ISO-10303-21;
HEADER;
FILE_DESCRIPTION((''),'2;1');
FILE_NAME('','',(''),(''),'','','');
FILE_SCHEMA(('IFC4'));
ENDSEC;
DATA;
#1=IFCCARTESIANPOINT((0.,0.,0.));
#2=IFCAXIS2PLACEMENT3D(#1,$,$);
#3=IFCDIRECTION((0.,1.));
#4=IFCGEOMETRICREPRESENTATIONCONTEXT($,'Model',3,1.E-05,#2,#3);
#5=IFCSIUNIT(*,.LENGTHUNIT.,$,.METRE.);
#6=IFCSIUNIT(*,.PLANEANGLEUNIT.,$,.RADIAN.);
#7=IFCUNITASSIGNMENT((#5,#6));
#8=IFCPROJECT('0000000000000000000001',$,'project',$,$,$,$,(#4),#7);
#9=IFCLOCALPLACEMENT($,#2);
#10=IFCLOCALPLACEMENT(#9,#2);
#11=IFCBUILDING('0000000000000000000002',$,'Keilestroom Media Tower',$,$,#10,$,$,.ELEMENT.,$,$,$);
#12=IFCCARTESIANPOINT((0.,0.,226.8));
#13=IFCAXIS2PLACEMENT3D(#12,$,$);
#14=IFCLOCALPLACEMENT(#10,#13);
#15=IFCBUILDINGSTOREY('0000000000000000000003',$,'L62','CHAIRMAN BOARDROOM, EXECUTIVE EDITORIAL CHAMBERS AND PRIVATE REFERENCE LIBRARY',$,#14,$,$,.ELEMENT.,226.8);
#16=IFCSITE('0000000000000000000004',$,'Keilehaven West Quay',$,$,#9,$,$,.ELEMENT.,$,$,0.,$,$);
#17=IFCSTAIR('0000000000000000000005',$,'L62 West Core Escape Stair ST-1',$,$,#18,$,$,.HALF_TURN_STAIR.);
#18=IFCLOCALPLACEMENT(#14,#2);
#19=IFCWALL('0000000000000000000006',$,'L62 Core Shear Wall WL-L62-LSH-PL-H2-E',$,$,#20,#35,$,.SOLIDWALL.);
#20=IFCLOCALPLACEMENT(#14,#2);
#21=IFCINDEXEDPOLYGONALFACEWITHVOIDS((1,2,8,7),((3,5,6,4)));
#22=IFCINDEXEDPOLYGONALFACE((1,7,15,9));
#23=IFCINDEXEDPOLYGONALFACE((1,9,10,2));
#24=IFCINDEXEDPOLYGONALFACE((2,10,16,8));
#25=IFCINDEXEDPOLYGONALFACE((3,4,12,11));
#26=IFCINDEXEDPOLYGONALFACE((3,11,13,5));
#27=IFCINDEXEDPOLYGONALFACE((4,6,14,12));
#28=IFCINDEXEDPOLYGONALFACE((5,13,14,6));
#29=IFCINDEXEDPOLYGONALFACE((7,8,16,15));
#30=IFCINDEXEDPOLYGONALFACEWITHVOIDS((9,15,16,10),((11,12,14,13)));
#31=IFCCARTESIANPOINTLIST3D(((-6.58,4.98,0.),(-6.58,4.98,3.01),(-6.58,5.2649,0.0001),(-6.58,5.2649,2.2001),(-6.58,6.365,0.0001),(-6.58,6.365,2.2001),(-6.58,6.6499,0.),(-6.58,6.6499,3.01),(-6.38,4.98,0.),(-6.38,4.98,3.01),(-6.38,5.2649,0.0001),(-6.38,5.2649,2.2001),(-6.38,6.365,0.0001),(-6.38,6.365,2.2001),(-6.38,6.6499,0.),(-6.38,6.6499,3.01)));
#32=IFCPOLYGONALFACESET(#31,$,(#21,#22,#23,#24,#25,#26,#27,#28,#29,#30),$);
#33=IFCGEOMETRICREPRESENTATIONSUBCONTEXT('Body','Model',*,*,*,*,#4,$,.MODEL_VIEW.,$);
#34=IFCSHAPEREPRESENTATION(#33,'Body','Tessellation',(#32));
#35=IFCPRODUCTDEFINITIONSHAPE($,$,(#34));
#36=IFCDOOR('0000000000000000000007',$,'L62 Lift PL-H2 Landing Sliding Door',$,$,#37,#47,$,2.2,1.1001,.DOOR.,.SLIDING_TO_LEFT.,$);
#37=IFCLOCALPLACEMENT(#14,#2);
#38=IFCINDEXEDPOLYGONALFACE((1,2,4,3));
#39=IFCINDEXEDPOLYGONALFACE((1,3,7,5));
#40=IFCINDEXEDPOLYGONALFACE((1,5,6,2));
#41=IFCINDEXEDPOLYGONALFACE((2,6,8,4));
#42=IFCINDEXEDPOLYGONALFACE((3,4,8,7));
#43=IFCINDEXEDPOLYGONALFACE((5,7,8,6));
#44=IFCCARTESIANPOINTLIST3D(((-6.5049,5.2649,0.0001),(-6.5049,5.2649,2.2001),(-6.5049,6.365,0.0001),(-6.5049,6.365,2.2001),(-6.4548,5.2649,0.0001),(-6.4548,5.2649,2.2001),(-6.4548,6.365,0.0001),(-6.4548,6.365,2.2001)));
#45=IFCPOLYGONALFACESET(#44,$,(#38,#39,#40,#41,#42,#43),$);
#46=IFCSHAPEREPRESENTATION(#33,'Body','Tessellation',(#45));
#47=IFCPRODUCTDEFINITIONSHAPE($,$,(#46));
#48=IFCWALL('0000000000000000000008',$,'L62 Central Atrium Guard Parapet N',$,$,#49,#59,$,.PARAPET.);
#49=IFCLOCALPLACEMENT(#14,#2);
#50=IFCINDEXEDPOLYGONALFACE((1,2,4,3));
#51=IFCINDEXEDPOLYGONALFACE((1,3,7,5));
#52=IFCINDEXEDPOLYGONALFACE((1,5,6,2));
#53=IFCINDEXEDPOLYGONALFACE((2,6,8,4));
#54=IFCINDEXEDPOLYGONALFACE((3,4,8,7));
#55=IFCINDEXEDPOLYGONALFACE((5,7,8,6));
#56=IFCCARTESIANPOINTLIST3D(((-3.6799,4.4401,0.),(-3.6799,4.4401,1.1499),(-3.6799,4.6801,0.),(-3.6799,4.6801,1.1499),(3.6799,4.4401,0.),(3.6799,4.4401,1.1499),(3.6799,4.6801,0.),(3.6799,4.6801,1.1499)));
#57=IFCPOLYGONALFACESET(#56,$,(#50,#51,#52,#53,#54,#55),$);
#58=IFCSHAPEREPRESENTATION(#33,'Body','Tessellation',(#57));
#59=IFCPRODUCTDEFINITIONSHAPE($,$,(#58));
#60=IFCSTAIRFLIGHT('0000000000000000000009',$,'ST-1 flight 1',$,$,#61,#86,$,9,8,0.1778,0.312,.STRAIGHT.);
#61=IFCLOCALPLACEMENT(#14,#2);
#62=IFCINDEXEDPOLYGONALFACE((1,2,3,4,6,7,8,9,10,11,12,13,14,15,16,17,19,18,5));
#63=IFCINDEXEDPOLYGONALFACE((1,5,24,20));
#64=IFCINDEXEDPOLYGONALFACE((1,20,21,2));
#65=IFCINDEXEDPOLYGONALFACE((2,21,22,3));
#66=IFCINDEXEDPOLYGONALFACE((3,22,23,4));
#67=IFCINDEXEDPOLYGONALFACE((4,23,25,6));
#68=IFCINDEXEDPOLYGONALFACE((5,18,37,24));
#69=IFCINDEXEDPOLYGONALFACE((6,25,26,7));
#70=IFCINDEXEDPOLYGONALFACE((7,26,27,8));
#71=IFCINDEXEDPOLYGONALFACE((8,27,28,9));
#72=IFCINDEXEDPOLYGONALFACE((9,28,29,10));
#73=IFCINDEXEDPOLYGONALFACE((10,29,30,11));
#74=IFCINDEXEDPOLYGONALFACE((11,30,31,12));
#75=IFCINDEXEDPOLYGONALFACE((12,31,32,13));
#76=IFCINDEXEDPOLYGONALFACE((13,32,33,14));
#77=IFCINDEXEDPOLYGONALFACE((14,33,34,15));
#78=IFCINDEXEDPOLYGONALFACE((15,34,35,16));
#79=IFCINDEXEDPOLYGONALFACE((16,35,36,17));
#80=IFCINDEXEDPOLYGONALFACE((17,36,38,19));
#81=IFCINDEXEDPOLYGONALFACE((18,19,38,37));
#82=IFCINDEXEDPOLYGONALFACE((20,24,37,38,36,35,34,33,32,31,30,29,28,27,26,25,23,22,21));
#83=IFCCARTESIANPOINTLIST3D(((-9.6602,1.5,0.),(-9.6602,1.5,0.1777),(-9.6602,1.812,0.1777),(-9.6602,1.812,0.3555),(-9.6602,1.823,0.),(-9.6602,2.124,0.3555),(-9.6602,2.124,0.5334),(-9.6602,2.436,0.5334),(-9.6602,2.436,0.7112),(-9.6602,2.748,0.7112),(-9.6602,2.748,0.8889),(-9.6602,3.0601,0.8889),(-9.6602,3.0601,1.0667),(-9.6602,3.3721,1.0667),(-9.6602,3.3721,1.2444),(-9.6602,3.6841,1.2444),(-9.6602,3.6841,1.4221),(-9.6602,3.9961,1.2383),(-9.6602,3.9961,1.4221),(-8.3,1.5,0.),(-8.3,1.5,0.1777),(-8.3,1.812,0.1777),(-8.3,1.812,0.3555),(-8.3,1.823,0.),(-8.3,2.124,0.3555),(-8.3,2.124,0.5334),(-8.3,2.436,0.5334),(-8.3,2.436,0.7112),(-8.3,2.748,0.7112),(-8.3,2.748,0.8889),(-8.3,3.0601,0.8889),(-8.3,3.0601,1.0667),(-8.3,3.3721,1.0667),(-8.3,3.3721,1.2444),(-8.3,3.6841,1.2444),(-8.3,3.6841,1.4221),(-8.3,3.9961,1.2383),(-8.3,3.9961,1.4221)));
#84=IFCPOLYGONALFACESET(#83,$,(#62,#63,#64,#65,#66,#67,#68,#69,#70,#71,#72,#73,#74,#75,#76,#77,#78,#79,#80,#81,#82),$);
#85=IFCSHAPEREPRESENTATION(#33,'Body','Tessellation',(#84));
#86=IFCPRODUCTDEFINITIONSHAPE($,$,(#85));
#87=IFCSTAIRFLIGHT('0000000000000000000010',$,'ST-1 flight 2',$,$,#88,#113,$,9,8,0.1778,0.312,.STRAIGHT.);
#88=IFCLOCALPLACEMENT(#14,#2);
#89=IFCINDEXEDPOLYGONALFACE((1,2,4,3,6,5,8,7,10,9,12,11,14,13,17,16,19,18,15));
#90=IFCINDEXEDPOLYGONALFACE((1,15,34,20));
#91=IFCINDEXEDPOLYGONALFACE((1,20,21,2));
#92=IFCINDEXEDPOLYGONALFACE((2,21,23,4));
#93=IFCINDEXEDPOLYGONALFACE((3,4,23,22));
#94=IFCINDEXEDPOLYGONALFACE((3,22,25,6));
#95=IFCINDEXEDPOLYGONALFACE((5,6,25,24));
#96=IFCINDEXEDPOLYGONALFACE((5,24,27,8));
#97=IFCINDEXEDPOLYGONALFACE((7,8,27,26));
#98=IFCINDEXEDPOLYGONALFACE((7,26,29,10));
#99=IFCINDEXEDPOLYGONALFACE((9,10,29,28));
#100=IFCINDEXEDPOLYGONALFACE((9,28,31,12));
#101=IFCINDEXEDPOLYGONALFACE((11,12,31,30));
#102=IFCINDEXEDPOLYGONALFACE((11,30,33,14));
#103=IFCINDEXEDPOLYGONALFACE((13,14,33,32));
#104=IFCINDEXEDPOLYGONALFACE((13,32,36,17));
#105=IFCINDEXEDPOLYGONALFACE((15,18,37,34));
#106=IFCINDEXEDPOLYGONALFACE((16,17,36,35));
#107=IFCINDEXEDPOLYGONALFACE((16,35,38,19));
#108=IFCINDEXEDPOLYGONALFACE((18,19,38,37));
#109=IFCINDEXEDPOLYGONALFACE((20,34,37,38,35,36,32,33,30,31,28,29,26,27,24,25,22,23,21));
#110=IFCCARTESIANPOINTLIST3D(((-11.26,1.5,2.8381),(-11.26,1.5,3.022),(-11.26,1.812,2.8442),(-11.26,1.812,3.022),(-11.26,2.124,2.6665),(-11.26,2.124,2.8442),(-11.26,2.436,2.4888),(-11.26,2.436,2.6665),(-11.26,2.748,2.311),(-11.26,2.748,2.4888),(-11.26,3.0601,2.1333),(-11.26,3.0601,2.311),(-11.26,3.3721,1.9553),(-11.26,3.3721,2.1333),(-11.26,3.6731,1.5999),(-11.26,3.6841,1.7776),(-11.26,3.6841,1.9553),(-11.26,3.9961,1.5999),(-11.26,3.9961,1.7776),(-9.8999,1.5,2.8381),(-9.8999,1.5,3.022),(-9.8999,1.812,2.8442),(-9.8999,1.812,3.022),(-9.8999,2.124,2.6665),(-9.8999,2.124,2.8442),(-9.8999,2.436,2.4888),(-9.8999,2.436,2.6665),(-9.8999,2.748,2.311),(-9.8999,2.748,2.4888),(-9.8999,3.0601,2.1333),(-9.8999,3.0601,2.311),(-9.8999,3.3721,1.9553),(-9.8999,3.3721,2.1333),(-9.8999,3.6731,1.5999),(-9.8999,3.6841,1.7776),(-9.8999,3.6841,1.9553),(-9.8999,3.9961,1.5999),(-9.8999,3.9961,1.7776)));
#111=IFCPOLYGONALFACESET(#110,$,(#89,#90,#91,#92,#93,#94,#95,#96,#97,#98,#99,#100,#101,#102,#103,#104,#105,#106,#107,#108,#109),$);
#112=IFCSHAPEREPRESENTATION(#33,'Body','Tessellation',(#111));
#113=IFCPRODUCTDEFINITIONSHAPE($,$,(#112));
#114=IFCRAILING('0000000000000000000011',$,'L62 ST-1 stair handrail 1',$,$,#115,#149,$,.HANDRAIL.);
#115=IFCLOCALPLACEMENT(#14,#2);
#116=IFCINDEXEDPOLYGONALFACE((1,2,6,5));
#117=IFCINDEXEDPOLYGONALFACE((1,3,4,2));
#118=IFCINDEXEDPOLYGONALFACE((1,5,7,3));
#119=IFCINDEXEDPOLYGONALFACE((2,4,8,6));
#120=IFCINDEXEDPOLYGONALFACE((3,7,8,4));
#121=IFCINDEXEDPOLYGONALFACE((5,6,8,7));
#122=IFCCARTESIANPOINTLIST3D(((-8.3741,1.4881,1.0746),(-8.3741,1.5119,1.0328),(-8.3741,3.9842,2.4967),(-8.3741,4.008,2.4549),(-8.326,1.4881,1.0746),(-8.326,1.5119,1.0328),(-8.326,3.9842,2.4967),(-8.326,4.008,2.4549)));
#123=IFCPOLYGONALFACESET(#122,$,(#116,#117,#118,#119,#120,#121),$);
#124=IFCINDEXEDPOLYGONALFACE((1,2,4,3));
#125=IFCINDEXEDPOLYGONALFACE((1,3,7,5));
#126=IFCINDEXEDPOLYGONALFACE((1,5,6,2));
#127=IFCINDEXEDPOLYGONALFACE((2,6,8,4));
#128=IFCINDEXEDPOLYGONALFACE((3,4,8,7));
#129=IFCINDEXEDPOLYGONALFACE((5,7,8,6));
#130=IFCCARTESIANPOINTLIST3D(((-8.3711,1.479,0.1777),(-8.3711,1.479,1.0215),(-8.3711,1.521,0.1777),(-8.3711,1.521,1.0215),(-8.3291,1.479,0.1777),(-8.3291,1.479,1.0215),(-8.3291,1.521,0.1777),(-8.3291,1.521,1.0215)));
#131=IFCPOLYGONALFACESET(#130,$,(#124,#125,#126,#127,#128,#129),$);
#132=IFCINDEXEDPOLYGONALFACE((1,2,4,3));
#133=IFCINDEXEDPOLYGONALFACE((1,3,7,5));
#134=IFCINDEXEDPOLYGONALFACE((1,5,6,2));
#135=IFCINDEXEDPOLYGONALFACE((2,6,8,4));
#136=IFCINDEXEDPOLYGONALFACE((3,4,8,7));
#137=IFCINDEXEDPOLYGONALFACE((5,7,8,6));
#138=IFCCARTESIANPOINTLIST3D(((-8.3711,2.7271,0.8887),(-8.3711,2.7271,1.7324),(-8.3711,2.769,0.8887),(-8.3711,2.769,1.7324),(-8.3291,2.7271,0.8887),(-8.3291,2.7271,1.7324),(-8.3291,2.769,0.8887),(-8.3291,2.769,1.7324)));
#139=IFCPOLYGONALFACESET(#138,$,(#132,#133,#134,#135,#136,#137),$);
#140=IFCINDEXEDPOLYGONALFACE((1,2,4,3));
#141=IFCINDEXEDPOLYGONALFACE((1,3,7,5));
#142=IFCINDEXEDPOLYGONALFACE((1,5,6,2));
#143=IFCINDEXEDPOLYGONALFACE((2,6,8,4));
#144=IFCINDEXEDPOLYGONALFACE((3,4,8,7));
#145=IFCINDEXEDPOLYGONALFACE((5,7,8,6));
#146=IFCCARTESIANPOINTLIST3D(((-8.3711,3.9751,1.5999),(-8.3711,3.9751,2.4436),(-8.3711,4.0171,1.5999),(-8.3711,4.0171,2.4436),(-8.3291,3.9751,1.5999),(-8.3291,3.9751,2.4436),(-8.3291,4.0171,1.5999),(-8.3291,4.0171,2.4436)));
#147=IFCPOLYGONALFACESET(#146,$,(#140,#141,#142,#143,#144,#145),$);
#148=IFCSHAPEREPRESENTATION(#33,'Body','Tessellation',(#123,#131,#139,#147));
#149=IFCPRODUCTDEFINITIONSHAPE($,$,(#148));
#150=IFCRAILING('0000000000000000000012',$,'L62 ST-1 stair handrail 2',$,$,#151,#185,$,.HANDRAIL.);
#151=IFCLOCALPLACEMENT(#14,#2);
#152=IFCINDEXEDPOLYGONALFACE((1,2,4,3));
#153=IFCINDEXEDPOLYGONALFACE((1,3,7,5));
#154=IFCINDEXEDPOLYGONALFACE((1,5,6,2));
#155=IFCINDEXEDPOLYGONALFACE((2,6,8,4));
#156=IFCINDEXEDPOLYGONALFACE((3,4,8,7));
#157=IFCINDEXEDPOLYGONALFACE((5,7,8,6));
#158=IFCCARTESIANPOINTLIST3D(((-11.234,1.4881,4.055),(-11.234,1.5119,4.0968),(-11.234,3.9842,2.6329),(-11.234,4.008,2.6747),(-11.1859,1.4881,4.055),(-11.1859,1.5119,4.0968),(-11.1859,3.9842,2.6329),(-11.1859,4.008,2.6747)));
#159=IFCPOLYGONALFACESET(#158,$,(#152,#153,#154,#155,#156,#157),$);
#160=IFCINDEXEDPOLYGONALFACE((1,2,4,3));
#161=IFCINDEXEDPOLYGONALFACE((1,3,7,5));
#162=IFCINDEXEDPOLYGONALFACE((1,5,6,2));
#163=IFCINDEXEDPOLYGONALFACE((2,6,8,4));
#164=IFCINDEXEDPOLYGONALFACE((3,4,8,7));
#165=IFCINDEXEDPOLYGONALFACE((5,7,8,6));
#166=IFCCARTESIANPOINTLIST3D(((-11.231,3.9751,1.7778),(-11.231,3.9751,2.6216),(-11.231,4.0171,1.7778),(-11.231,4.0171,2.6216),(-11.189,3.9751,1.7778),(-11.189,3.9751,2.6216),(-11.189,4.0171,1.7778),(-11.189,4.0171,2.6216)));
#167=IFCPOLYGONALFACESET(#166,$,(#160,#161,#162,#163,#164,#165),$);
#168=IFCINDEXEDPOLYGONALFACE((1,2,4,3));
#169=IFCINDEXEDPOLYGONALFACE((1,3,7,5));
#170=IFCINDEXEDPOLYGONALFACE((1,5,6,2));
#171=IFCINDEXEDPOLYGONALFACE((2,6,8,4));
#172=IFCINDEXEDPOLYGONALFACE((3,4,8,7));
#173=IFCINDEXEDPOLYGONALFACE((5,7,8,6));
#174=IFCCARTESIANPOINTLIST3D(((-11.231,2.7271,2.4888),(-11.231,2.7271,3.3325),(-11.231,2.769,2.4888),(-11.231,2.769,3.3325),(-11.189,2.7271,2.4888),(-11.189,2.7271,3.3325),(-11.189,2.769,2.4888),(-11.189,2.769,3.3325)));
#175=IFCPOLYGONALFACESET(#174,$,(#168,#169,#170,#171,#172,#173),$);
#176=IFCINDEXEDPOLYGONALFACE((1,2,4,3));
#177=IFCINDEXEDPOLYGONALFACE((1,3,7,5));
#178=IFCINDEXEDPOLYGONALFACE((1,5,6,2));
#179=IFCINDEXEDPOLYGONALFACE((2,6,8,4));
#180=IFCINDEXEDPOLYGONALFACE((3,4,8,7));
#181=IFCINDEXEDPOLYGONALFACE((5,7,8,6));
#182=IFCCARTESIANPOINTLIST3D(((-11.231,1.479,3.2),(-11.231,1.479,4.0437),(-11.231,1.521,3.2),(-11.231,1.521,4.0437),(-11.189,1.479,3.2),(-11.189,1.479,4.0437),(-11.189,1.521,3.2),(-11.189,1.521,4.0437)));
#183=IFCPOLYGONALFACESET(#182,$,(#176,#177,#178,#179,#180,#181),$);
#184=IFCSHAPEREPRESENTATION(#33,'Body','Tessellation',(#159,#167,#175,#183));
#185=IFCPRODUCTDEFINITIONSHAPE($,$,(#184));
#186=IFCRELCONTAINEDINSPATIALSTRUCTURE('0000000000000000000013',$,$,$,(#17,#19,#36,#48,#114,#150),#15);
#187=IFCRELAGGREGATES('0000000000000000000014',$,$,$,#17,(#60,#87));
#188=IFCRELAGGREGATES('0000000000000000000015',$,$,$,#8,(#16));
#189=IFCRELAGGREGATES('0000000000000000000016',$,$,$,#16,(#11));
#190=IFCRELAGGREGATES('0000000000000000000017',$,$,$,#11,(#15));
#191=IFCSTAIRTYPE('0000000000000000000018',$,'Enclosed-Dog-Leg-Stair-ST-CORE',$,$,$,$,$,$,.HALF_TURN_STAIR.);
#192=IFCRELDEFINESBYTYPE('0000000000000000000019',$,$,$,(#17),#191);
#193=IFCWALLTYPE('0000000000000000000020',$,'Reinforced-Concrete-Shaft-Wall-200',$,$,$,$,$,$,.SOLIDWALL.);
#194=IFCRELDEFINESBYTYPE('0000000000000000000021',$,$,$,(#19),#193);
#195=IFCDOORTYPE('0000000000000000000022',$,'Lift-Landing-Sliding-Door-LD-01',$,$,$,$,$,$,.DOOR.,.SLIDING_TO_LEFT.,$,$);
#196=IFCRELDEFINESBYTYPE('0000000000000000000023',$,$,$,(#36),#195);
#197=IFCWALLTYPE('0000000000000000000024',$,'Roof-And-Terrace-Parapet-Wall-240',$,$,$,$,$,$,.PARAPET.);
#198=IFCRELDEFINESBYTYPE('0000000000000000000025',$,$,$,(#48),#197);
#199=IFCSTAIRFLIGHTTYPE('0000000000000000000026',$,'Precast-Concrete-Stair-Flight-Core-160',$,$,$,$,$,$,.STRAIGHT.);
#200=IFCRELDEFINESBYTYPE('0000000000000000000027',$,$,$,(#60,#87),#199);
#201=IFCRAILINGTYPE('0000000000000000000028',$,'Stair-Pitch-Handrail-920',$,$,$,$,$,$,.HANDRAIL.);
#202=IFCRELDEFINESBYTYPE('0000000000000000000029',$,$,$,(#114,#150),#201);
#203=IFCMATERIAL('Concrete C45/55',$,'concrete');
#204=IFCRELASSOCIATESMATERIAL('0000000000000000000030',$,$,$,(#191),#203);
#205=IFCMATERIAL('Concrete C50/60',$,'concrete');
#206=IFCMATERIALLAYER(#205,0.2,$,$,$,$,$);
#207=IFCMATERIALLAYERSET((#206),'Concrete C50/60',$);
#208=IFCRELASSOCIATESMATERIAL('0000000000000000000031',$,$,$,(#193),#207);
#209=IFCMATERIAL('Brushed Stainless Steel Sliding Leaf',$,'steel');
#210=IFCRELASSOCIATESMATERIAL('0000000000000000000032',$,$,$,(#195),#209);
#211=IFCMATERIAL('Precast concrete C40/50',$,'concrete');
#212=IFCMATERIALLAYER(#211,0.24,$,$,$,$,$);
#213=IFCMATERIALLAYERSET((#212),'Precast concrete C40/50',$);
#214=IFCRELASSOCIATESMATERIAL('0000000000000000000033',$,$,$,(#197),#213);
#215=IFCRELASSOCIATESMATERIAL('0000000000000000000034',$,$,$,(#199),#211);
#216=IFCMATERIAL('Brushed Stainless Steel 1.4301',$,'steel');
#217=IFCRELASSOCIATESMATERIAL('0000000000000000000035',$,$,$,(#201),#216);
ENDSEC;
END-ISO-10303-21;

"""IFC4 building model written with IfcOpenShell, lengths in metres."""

from ifc_helpers import new_model, si_unit, direction, frame, frame_2d, origin, origin_2d, place, context, subcontext, project, spatial, polyline, rectangle, outline, extrude, source, transform, mapped, material, layer, layer_set, type_object, element, fill, aggregate, save


model = new_model("IFC4")

# Units and contexts
model_context = context("Model", 3, precision=1e-05, world=origin(), true_north=direction((0.0, 1.0)))
body_context = subcontext(model_context, "Body", "Model", "MODEL_VIEW")
ifc_project = project(units=[si_unit("LENGTHUNIT", "METRE"), si_unit("PLANEANGLEUNIT", "RADIAN")], contexts=[model_context])

# Site, building, storey
site_placement = place(None, origin())
site = spatial("IfcSite", under=ifc_project, at=site_placement, Name="Keilehaven West Quay", CompositionType="ELEMENT", RefElevation=0.0)
building_placement = place(site_placement, origin())
building = spatial("IfcBuilding", under=site, at=building_placement, Name="Keilestroom Media Tower", CompositionType="ELEMENT")
storey_placement = place(building_placement, frame((0.0, 0.0, 226.8)))
storey = spatial("IfcBuildingStorey", under=building, at=storey_placement, Name="L62", Description="CHAIRMAN BOARDROOM, EXECUTIVE EDITORIAL CHAMBERS AND PRIVATE REFERENCE LIBRARY", CompositionType="ELEMENT", Elevation=226.8)

# Stair
ifc_material_1 = material(Name="Concrete C45/55", Category="concrete")
stair_type = type_object("IfcStairType", Name="Enclosed-Dog-Leg-Stair-ST-CORE", PredefinedType="HALF_TURN_STAIR", material=ifc_material_1)
stair_placement = place(storey_placement, origin())
stair = element("IfcStair", 1, at=stair_placement, inside=storey, type_object=stair_type, Name="L62 West Core Escape Stair ST-1", PredefinedType="HALF_TURN_STAIR")

# Shared definitions
ifc_material_2 = material(Name="Concrete C50/60", Category="concrete")
ifc_layer_1 = layer(ifc_material_2, 0.2)
ifc_layer_set_1 = layer_set([ifc_layer_1], Name="Concrete C50/60")
wall_type_1 = type_object("IfcWallType", Name="Reinforced-Concrete-Shaft-Wall-200", PredefinedType="SOLIDWALL", material=ifc_layer_set_1)

# Shared definitions
ifc_material_3 = material(Name="Brushed Stainless Steel Sliding Leaf", Category="steel")
door_type = type_object("IfcDoorType", Name="Lift-Landing-Sliding-Door-LD-01", OperationType="SLIDING_TO_LEFT", PredefinedType="DOOR", material=ifc_material_3)
shared_shape_1 = source(origin(), body_context, "Body", "SweptSolid", [
    extrude(rectangle(XDim=1.1001, YDim=2.2, at=frame_2d((0.55, 1.1001))), frame((0.0, 0.0249, 0.0), z_axis=(0.0, -1.0, 0.0), x_axis=(1.0, 0.0, 0.0)), (0.0, 0.0, 1.0), 0.05),
])

# Wall, opening, door
wall_1_placement = place(storey_placement, frame((-6.48, 4.98, 0.0), z_axis=(0.0, 0.0, 1.0), x_axis=(0.0, 1.0, 0.0)))
wall_1 = element("IfcWall", 2, at=wall_1_placement, inside=storey, type_object=wall_type_1, Name="L62 Core Shear Wall WL-L62-LSH-PL-H2-E", PredefinedType="SOLIDWALL", context=body_context, shape_type="SweptSolid", body=[
    extrude(rectangle(XDim=1.6699, YDim=0.2, at=frame_2d((0.835, 0.0))), origin(), (0.0, 0.0, 1.0), 3.01),
])
opening_1_placement = place(wall_1_placement, frame((0.2849, 0.0, 0.0)))
opening_1 = element("IfcOpeningElement", 3, at=opening_1_placement, cuts=wall_1, PredefinedType="OPENING", context=body_context, shape_type="SweptSolid", body=[
    extrude(rectangle(XDim=1.1001, YDim=2.2, at=frame_2d((0.55, 1.1001))), frame((0.0, 0.1099, 0.0), z_axis=(0.0, -1.0, 0.0), x_axis=(1.0, 0.0, 0.0)), (0.0, 0.0, 1.0), 0.22),
])
door_1_placement = place(opening_1_placement, origin())
door_1 = element("IfcDoor", 4, at=door_1_placement, inside=storey, type_object=door_type, Name="L62 Lift PL-H2 Landing Sliding Door", OperationType="SLIDING_TO_LEFT", OverallHeight=2.2, OverallWidth=1.1001, PredefinedType="DOOR", context=body_context, shape_type="MappedRepresentation", body=[
    mapped(shared_shape_1, transform((0.0, 0.0, 0.0), x_axis=(1.0, 0.0, 0.0), y_axis=(0.0, 1.0, 0.0), z_axis=(0.0, 0.0, 1.0), scale=1.0)),
])
fill(opening_1, door_1)

# Wall
ifc_material_4 = material(Name="Precast concrete C40/50", Category="concrete")
ifc_layer_2 = layer(ifc_material_4, 0.24)
ifc_layer_set_2 = layer_set([ifc_layer_2], Name="Precast concrete C40/50")
wall_type_2 = type_object("IfcWallType", Name="Roof-And-Terrace-Parapet-Wall-240", PredefinedType="PARAPET", material=ifc_layer_set_2)
wall_2_placement = place(storey_placement, frame((-3.6799, 4.5601, 0.0), z_axis=(0.0, 0.0, 1.0), x_axis=(1.0, 0.0, 0.0)))
element("IfcWall", 5, at=wall_2_placement, inside=storey, type_object=wall_type_2, Name="L62 Central Atrium Guard Parapet N", PredefinedType="PARAPET", context=body_context, shape_type="SweptSolid", body=[
    extrude(rectangle(XDim=7.3599, YDim=0.24, at=frame_2d((3.6799, 0.0))), origin(), (0.0, 0.0, 1.0), 1.1499),
])

# Stair flights
stair_flight_type = type_object("IfcStairFlightType", Name="Precast-Concrete-Stair-Flight-Core-160", PredefinedType="STRAIGHT", material=ifc_material_4)
stair_flight_1_placement = place(storey_placement, frame((-8.98, 1.5, 0.0), z_axis=(0.0, 0.0, 1.0), x_axis=(0.0, 1.0, 0.0)))
stair_flight_1 = element("IfcStairFlight", 6, at=stair_flight_1_placement, type_object=stair_flight_type, Name="ST-1 flight 1", NumberOfRisers=9, NumberOfTreads=8, PredefinedType="STRAIGHT", RiserHeight=0.1778, TreadLength=0.312, context=body_context, shape_type="SweptSolid", body=[
    extrude(outline(polyline([(0.0, 0.0), (0.0, 0.1777), (0.312, 0.1777), (0.312, 0.3555), (0.624, 0.3555), (0.624, 0.5334), (0.936, 0.5334), (0.936, 0.7112), (1.248, 0.7112), (1.248, 0.8889), (1.5601, 0.8889), (1.5601, 1.0667), (1.8721, 1.0667), (1.8721, 1.2444), (2.1841, 1.2444), (2.1841, 1.4221), (2.4961, 1.4221), (2.4961, 1.6001), (2.4961, 1.2383), (0.323, 0.0), (0.0, 0.0)])), frame((0.0, 0.6802, 0.0), z_axis=(0.0, -1.0, 0.0), x_axis=(1.0, 0.0, 0.0)), (0.0, 0.0, 1.0), 1.3601),
])
stair_flight_2_placement = place(storey_placement, frame((-10.5801, 3.9961, 1.5999), z_axis=(0.0, 0.0, 1.0), x_axis=(0.0, -1.0, 0.0)))
stair_flight_2 = element("IfcStairFlight", 7, at=stair_flight_2_placement, type_object=stair_flight_type, Name="ST-1 flight 2", NumberOfRisers=9, NumberOfTreads=8, PredefinedType="STRAIGHT", RiserHeight=0.1778, TreadLength=0.312, context=body_context, shape_type="SweptSolid", body=[
    extrude(outline(polyline([(0.0, 0.0), (0.0, 0.1777), (0.312, 0.1777), (0.312, 0.3555), (0.624, 0.3555), (0.624, 0.5334), (0.936, 0.5334), (0.936, 0.7112), (1.248, 0.7112), (1.248, 0.8889), (1.5601, 0.8889), (1.5601, 1.0667), (1.8721, 1.0667), (1.8721, 1.2444), (2.1841, 1.2444), (2.1841, 1.4221), (2.4961, 1.4221), (2.4961, 1.6001), (2.4961, 1.2383), (0.323, 0.0), (0.0, 0.0)])), frame((0.0, 0.6802, 0.0), z_axis=(0.0, -1.0, 0.0), x_axis=(1.0, 0.0, 0.0)), (0.0, 0.0, 1.0), 1.3601),
])
aggregate(stair, [stair_flight_1, stair_flight_2])

# Railings
ifc_material_5 = material(Name="Brushed Stainless Steel 1.4301", Category="steel")
railing_type_1 = type_object("IfcRailingType", Name="Stair-Pitch-Handrail-920", PredefinedType="HANDRAIL", material=ifc_material_5)
railing_1_placement = place(storey_placement, frame((-8.3501, 1.5, 0.1777)))
element("IfcRailing", 8, at=railing_1_placement, inside=storey, type_object=railing_type_1, Name="L62 ST-1 stair handrail 1", PredefinedType="HANDRAIL", context=body_context, shape_type="SweptSolid", body=[
    extrude(rectangle(XDim=0.0481, YDim=0.0481, at=origin_2d()), frame((0.0, 0.0, 0.876), z_axis=(0.0, 0.868875, 0.495031), x_axis=(-1.0, 0.0, 0.0)), (0.0, 0.0, 1.0), 2.8728),
    extrude(rectangle(XDim=0.042, YDim=0.042, at=origin_2d()), origin(), (0.0, 0.0, 1.0), 0.8438),
    extrude(rectangle(XDim=0.042, YDim=0.042, at=origin_2d()), frame((0.0, 1.248, 0.7109)), (0.0, 0.0, 1.0), 0.8438),
    extrude(rectangle(XDim=0.042, YDim=0.042, at=origin_2d()), frame((0.0, 2.4961, 1.4221)), (0.0, 0.0, 1.0), 0.8438),
])
railing_2_placement = place(storey_placement, frame((-11.21, 3.9961, 1.7778)))
element("IfcRailing", 9, at=railing_2_placement, inside=storey, type_object=railing_type_1, Name="L62 ST-1 stair handrail 2", PredefinedType="HANDRAIL", context=body_context, shape_type="SweptSolid", body=[
    extrude(rectangle(XDim=0.0481, YDim=0.0481, at=origin_2d()), frame((0.0, 0.0, 0.876), z_axis=(0.0, -0.868875, 0.495031), x_axis=(1.0, 0.0, 0.0)), (0.0, 0.0, 1.0), 2.8728),
    extrude(rectangle(XDim=0.042, YDim=0.042, at=origin_2d()), origin(), (0.0, 0.0, 1.0), 0.8438),
    extrude(rectangle(XDim=0.042, YDim=0.042, at=origin_2d()), frame((0.0, -1.248, 0.7109)), (0.0, 0.0, 1.0), 0.8438),
    extrude(rectangle(XDim=0.042, YDim=0.042, at=origin_2d()), frame((0.0, -2.4961, 1.4221)), (0.0, 0.0, 1.0), 0.8438),
])

save(model, "model.ifc")
